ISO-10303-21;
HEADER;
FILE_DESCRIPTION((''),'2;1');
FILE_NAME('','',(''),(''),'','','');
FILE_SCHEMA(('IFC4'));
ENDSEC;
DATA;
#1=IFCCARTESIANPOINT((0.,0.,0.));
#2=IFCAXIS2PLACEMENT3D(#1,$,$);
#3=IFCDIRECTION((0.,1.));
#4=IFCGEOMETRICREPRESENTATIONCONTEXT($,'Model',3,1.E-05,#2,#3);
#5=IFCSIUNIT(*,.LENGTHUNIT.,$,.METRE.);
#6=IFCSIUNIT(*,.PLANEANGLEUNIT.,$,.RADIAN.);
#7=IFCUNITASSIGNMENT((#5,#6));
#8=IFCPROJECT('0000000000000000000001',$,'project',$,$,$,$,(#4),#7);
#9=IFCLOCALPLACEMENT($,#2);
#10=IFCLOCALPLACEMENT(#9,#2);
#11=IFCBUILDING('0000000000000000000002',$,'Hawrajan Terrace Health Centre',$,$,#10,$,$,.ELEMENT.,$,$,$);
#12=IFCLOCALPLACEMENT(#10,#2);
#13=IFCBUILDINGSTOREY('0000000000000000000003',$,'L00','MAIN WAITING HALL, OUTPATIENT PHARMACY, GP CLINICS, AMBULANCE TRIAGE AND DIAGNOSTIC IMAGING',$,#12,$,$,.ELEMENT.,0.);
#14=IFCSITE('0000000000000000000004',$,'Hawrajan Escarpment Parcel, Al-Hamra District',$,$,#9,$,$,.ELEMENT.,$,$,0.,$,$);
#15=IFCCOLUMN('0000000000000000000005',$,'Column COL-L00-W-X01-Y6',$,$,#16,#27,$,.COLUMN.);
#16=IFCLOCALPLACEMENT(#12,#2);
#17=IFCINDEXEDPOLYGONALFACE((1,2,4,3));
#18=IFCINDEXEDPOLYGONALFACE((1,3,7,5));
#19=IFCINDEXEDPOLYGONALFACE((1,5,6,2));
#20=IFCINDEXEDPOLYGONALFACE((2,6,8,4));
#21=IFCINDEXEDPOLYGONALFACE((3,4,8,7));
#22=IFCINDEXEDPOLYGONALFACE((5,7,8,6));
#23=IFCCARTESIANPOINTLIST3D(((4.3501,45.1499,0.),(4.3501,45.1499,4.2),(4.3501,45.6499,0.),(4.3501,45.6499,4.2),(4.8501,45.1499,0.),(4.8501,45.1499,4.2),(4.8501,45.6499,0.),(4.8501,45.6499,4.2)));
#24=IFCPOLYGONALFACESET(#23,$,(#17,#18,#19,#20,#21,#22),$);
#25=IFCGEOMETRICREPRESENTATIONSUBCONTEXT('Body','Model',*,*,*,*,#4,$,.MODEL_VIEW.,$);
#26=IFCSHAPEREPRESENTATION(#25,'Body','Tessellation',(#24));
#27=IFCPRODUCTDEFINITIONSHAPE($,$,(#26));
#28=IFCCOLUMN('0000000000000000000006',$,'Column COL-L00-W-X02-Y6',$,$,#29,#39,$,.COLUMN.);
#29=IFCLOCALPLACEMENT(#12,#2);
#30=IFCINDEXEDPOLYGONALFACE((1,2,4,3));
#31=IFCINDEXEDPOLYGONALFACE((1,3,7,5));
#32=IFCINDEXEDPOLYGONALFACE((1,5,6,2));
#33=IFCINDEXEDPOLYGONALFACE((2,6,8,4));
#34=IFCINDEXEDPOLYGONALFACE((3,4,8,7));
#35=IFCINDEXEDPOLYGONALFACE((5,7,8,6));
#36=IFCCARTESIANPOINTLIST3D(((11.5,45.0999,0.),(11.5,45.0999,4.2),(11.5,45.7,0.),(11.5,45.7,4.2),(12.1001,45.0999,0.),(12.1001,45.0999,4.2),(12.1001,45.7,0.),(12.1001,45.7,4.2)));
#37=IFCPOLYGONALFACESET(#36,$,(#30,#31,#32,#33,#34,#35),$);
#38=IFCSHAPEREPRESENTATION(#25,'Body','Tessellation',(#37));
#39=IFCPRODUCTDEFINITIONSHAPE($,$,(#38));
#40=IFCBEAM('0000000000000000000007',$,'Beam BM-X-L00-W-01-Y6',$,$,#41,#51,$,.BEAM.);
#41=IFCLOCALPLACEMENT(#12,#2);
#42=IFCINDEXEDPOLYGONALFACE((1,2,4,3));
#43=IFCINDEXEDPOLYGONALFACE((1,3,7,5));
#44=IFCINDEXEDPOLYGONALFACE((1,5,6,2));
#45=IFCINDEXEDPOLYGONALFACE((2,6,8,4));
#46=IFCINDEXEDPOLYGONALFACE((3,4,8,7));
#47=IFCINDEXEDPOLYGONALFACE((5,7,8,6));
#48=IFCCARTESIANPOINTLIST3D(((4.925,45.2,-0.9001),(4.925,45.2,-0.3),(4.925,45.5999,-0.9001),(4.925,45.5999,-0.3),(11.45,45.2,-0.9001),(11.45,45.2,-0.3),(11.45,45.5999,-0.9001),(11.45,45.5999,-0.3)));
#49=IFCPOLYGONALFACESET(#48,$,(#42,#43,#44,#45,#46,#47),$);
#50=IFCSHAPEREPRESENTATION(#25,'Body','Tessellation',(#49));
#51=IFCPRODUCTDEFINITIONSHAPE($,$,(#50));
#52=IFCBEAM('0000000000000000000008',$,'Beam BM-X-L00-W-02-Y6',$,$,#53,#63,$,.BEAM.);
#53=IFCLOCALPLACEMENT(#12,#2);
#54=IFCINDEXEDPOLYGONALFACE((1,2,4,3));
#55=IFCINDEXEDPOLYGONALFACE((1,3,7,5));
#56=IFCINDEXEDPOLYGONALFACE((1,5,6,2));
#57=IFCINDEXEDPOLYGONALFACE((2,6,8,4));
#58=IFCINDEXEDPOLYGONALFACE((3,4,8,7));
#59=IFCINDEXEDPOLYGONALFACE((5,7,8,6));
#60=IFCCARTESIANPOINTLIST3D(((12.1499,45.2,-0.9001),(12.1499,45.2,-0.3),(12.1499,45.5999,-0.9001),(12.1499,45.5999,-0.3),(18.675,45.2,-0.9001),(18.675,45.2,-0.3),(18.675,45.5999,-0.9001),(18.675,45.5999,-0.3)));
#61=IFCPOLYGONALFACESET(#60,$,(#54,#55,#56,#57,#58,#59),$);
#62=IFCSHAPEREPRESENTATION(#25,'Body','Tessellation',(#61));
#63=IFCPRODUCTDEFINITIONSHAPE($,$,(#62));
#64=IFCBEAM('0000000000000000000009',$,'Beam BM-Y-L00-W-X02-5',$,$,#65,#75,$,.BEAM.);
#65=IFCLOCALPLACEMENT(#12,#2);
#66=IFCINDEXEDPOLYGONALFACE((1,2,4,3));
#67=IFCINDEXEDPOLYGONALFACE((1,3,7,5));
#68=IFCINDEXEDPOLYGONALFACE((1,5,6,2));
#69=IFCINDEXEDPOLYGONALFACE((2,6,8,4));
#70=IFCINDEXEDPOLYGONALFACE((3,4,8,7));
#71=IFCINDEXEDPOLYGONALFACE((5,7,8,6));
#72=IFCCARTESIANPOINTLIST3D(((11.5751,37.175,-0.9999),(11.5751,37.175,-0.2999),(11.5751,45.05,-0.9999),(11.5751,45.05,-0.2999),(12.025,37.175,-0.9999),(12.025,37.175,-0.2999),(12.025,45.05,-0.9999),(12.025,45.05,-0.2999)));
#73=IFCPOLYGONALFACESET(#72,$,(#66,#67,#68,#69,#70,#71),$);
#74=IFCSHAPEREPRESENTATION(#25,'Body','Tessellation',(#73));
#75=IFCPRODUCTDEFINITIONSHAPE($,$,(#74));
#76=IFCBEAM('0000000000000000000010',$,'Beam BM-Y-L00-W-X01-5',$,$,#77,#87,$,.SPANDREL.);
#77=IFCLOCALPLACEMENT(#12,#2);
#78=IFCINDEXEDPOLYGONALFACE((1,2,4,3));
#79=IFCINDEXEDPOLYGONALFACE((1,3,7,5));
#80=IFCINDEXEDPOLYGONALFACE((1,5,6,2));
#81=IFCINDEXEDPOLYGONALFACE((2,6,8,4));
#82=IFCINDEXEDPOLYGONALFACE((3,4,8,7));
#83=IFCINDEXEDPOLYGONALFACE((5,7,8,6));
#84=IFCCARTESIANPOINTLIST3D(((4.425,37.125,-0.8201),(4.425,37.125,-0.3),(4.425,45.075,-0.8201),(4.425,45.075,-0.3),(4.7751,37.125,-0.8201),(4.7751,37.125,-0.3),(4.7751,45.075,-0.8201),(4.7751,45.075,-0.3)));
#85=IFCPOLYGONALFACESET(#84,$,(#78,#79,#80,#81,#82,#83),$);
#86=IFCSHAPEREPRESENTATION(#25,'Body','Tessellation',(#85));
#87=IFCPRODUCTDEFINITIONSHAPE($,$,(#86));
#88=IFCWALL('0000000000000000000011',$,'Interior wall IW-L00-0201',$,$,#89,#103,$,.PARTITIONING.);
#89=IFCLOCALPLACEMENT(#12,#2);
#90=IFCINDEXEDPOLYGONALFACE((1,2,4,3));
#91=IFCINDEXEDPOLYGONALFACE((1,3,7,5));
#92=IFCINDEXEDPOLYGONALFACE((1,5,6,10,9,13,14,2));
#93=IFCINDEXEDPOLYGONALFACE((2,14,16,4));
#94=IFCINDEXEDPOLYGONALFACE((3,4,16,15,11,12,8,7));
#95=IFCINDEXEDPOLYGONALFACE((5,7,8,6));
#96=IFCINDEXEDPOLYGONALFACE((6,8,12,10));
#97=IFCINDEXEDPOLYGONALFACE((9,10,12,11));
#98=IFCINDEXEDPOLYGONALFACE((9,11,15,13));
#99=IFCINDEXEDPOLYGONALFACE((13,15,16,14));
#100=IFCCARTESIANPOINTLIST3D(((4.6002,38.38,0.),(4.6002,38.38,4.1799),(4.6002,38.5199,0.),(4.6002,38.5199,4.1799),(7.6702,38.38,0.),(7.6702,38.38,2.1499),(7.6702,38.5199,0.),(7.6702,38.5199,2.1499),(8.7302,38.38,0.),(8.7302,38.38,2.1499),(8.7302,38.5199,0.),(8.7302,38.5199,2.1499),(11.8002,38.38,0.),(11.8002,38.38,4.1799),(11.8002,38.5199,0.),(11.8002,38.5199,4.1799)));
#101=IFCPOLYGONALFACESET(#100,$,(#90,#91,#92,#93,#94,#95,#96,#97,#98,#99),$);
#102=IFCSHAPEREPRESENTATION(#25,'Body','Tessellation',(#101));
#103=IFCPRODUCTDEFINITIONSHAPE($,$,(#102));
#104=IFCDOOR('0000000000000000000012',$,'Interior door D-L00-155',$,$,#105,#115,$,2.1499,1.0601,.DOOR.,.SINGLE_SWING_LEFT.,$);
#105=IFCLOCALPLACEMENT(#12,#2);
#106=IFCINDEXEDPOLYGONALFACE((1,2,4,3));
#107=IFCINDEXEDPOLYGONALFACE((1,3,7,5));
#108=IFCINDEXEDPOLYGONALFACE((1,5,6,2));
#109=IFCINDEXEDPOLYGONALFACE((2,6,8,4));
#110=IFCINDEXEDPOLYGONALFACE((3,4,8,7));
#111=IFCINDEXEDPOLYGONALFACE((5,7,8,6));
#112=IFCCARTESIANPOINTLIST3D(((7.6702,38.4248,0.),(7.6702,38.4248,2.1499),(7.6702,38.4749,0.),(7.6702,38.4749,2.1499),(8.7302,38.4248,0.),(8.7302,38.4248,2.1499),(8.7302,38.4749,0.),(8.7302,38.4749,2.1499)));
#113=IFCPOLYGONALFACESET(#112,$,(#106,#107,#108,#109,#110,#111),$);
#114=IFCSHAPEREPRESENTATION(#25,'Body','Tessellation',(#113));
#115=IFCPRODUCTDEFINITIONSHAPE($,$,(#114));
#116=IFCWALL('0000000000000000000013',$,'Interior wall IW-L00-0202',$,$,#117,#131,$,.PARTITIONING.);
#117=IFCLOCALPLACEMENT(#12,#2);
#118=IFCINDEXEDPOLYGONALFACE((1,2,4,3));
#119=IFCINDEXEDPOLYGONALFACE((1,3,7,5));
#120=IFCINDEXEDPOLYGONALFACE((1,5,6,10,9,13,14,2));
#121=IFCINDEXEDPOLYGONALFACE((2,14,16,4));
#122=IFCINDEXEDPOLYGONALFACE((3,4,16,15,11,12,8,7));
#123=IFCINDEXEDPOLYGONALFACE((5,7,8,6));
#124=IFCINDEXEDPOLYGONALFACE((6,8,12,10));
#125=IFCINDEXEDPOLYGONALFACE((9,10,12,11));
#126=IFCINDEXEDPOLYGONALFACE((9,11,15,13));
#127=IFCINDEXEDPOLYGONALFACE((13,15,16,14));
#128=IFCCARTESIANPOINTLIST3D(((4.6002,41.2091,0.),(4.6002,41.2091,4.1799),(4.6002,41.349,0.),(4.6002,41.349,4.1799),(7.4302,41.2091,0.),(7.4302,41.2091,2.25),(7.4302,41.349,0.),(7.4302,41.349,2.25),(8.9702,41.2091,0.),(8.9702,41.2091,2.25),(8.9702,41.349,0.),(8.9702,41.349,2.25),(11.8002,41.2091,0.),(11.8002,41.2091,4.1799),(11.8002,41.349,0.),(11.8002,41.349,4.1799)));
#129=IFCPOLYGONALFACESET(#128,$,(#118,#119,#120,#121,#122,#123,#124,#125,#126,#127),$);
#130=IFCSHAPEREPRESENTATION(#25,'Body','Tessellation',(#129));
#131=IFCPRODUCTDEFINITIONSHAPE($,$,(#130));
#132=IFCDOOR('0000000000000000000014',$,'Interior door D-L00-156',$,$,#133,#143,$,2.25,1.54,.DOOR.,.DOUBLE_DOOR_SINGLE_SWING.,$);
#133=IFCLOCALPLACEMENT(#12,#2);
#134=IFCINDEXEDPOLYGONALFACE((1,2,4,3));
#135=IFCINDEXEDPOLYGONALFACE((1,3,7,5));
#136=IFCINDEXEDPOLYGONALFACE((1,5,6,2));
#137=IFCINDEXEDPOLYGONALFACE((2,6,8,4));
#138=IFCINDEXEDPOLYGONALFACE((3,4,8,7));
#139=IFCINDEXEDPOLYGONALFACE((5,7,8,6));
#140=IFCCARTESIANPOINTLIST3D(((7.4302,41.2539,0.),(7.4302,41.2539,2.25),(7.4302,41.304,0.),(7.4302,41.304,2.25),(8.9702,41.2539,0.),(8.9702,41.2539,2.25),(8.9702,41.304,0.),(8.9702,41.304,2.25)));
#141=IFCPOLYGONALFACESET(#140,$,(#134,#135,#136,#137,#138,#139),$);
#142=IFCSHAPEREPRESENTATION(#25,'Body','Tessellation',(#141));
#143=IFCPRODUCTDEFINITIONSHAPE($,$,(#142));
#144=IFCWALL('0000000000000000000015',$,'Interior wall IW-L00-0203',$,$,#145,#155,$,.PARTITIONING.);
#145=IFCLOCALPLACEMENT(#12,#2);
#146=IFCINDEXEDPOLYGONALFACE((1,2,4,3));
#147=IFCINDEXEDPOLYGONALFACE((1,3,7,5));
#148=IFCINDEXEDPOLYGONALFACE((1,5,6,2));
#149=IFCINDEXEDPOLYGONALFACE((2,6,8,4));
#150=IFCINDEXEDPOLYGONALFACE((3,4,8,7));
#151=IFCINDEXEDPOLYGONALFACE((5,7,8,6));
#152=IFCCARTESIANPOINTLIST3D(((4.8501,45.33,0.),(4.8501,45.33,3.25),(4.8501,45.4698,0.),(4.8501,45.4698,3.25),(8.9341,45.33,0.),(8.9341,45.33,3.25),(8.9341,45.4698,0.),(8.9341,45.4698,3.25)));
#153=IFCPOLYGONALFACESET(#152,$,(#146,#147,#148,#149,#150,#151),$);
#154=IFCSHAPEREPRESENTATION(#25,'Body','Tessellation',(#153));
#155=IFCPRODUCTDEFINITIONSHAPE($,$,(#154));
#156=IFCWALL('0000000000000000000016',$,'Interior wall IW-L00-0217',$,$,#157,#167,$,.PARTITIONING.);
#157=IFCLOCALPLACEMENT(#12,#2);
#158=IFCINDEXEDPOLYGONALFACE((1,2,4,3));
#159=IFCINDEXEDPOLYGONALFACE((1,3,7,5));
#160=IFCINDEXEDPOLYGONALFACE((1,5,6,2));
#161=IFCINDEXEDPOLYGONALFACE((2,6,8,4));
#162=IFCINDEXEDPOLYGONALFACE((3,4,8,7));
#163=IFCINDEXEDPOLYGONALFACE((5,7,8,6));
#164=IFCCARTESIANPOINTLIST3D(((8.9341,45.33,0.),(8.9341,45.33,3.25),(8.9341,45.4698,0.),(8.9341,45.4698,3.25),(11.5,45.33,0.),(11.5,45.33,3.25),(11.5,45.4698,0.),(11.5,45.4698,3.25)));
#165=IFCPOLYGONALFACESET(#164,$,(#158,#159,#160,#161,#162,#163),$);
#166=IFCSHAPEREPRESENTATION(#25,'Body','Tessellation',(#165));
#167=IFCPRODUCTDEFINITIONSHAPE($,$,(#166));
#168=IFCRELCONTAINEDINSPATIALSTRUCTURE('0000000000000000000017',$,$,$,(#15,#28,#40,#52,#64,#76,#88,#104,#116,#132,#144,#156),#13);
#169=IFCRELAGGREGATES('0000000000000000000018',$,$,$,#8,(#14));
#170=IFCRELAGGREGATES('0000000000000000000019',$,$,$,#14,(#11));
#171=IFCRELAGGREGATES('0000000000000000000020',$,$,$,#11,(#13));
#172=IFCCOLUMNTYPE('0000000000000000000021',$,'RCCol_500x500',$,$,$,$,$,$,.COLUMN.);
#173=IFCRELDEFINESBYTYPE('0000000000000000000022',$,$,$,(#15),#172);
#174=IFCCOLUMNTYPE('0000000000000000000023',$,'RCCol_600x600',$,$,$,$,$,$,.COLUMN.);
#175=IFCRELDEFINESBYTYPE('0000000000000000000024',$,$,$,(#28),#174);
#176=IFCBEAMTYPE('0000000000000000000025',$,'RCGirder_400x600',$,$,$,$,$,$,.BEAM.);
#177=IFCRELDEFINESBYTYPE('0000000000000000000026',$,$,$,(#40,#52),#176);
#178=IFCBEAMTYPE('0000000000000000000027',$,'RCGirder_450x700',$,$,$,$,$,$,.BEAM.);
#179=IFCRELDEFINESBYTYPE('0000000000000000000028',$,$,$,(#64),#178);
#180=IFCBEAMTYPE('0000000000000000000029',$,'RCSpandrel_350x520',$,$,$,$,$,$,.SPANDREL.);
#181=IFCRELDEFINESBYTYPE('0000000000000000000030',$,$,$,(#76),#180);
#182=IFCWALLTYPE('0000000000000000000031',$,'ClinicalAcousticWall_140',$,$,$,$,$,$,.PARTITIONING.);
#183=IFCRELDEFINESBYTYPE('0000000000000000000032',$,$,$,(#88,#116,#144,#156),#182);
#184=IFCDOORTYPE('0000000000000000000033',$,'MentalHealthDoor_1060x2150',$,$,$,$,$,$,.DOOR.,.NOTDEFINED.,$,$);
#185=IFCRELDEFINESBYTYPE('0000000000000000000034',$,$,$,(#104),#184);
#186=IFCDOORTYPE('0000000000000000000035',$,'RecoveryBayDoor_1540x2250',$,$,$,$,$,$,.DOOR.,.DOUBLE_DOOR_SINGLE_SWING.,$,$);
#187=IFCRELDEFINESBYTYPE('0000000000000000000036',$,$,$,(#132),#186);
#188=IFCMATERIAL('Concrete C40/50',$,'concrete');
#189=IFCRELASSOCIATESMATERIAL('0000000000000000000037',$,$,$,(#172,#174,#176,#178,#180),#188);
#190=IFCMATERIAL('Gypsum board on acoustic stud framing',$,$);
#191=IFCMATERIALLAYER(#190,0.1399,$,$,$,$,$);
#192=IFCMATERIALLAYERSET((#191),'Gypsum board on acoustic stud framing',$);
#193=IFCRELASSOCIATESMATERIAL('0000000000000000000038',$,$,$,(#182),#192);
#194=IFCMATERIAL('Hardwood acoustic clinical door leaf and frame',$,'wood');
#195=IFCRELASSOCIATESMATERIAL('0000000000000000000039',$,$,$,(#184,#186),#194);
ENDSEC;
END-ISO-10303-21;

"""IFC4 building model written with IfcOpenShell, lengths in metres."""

from ifc_helpers import new_model, si_unit, direction, frame, frame_2d, origin, origin_2d, place, context, subcontext, project, spatial, rectangle, extrude, material, layer, layer_set, material_profile, profile_set, type_object, element, fill, save


model = new_model("IFC4")

# Units and contexts
model_context = context("Model", 3, precision=1e-05, world=origin(), true_north=direction((0.0, 1.0)))
body_context = subcontext(model_context, "Body", "Model", "MODEL_VIEW")
ifc_project = project(units=[si_unit("LENGTHUNIT", "METRE"), si_unit("PLANEANGLEUNIT", "RADIAN")], contexts=[model_context])

# Site, building, storey
site_placement = place(None, origin())
site = spatial("IfcSite", under=ifc_project, at=site_placement, Name="Hawrajan Escarpment Parcel, Al-Hamra District", CompositionType="ELEMENT", RefElevation=0.0)
building_placement = place(site_placement, origin())
building = spatial("IfcBuilding", under=site, at=building_placement, Name="Hawrajan Terrace Health Centre", CompositionType="ELEMENT")
storey_placement = place(building_placement, origin())
storey = spatial("IfcBuildingStorey", under=building, at=storey_placement, Name="L00", Description="MAIN WAITING HALL, OUTPATIENT PHARMACY, GP CLINICS, AMBULANCE TRIAGE AND DIAGNOSTIC IMAGING", CompositionType="ELEMENT", Elevation=0.0)

# Columns
ifc_material_1 = material(Name="Concrete C40/50", Category="concrete")
ifc_material_profile_1 = material_profile(ifc_material_1, rectangle(XDim=0.5, YDim=0.5, at=origin_2d()), Name="RC 500x500")
ifc_profile_set_1 = profile_set([ifc_material_profile_1], Name="Concrete C40/50")
column_type_1 = type_object("IfcColumnType", Name="RCCol_500x500", PredefinedType="COLUMN", material=ifc_profile_set_1)
column_1_placement = place(storey_placement, frame((4.6001, 45.3999, 0.0), z_axis=(0.0, 0.0, 1.0), x_axis=(1.0, 0.0, 0.0)))
element("IfcColumn", 1, at=column_1_placement, inside=storey, type_object=column_type_1, Name="Column COL-L00-W-X01-Y6", PredefinedType="COLUMN", context=body_context, shape_type="SweptSolid", body=[
    extrude(rectangle(XDim=0.5, YDim=0.5, at=origin_2d()), origin(), (0.0, 0.0, 1.0), 4.2),
])
ifc_material_profile_2 = material_profile(ifc_material_1, rectangle(XDim=0.6001, YDim=0.6001, at=origin_2d()), Name="RC 600x600")
ifc_profile_set_2 = profile_set([ifc_material_profile_2], Name="Concrete C40/50")
column_type_2 = type_object("IfcColumnType", Name="RCCol_600x600", PredefinedType="COLUMN", material=ifc_profile_set_2)
column_2_placement = place(storey_placement, frame((11.8, 45.3999, 0.0), z_axis=(0.0, 0.0, 1.0), x_axis=(1.0, 0.0, 0.0)))
element("IfcColumn", 2, at=column_2_placement, inside=storey, type_object=column_type_2, Name="Column COL-L00-W-X02-Y6", PredefinedType="COLUMN", context=body_context, shape_type="SweptSolid", body=[
    extrude(rectangle(XDim=0.6001, YDim=0.6001, at=origin_2d()), origin(), (0.0, 0.0, 1.0), 4.2),
])

# Beams
ifc_material_profile_3 = material_profile(ifc_material_1, rectangle(XDim=0.3999, YDim=0.6001, at=origin_2d()), Name="RC BM 400x600")
ifc_profile_set_3 = profile_set([ifc_material_profile_3], Name="Concrete C40/50")
beam_type_1 = type_object("IfcBeamType", Name="RCGirder_400x600", PredefinedType="BEAM", material=ifc_profile_set_3)
beam_1_placement = place(storey_placement, frame((4.925, 45.3999, -0.6001), z_axis=(1.0, 0.0, 0.0), x_axis=(0.0, 1.0, 0.0)))
element("IfcBeam", 3, at=beam_1_placement, inside=storey, type_object=beam_type_1, Name="Beam BM-X-L00-W-01-Y6", PredefinedType="BEAM", context=body_context, shape_type="SweptSolid", body=[
    extrude(rectangle(XDim=0.3999, YDim=0.6001, at=origin_2d()), origin(), (0.0, 0.0, 1.0), 6.5249),
])
beam_2_placement = place(storey_placement, frame((12.1499, 45.3999, -0.6001), z_axis=(1.0, 0.0, 0.0), x_axis=(0.0, 1.0, 0.0)))
element("IfcBeam", 4, at=beam_2_placement, inside=storey, type_object=beam_type_1, Name="Beam BM-X-L00-W-02-Y6", PredefinedType="BEAM", context=body_context, shape_type="SweptSolid", body=[
    extrude(rectangle(XDim=0.3999, YDim=0.6001, at=origin_2d()), origin(), (0.0, 0.0, 1.0), 6.5251),
])
ifc_material_profile_4 = material_profile(ifc_material_1, rectangle(XDim=0.45, YDim=0.7, at=origin_2d()), Name="RC BM 450x700")
ifc_profile_set_4 = profile_set([ifc_material_profile_4], Name="Concrete C40/50")
beam_type_2 = type_object("IfcBeamType", Name="RCGirder_450x700", PredefinedType="BEAM", material=ifc_profile_set_4)
beam_3_placement = place(storey_placement, frame((11.8, 37.175, -0.6499), z_axis=(0.0, 1.0, 0.0), x_axis=(-1.0, 0.0, 0.0)))
element("IfcBeam", 5, at=beam_3_placement, inside=storey, type_object=beam_type_2, Name="Beam BM-Y-L00-W-X02-5", PredefinedType="BEAM", context=body_context, shape_type="SweptSolid", body=[
    extrude(rectangle(XDim=0.45, YDim=0.7, at=origin_2d()), origin(), (0.0, 0.0, 1.0), 7.875),
])
ifc_material_profile_5 = material_profile(ifc_material_1, rectangle(XDim=0.3501, YDim=0.52, at=origin_2d()), Name="RC SP 350x520")
ifc_profile_set_5 = profile_set([ifc_material_profile_5], Name="Concrete C40/50")
beam_type_3 = type_object("IfcBeamType", Name="RCSpandrel_350x520", PredefinedType="SPANDREL", material=ifc_profile_set_5)
beam_4_placement = place(storey_placement, frame((4.6001, 37.125, -0.5601), z_axis=(0.0, 1.0, 0.0), x_axis=(-1.0, 0.0, 0.0)))
element("IfcBeam", 6, at=beam_4_placement, inside=storey, type_object=beam_type_3, Name="Beam BM-Y-L00-W-X01-5", PredefinedType="SPANDREL", context=body_context, shape_type="SweptSolid", body=[
    extrude(rectangle(XDim=0.3501, YDim=0.52, at=origin_2d()), origin(), (0.0, 0.0, 1.0), 7.95),
])

# Walls, openings, doors
ifc_material_2 = material(Name="Gypsum board on acoustic stud framing")
ifc_layer_1 = layer(ifc_material_2, 0.1399)
ifc_layer_set_1 = layer_set([ifc_layer_1], Name="Gypsum board on acoustic stud framing")
wall_type_1 = type_object("IfcWallType", Name="ClinicalAcousticWall_140", PredefinedType="PARTITIONING", material=ifc_layer_set_1)
wall_1_placement = place(storey_placement, frame((4.6001, 38.45, 0.0), z_axis=(0.0, 0.0, 1.0), x_axis=(1.0, 0.0, 0.0)))
wall_1 = element("IfcWall", 7, at=wall_1_placement, inside=storey, type_object=wall_type_1, Name="Interior wall IW-L00-0201", PredefinedType="PARTITIONING", context=body_context, shape_type="SweptSolid", body=[
    extrude(rectangle(XDim=7.2, YDim=0.1399, at=frame_2d((3.6001, 0.0))), origin(), (0.0, 0.0, 1.0), 4.1799),
])
opening_1_placement = place(wall_1_placement, frame((3.0701, 0.0, 0.0)))
opening_1 = element("IfcOpeningElement", 8, at=opening_1_placement, cuts=wall_1, PredefinedType="OPENING", context=body_context, shape_type="SweptSolid", body=[
    extrude(rectangle(XDim=1.0601, YDim=2.1499, at=frame_2d((0.53, 1.075))), frame((0.0, 0.0798, 0.0), z_axis=(0.0, -1.0, 0.0), x_axis=(1.0, 0.0, 0.0)), (0.0, 0.0, 1.0), 0.1599),
])
ifc_material_3 = material(Name="Hardwood acoustic clinical door leaf and frame", Category="wood")
door_type_1 = type_object("IfcDoorType", Name="MentalHealthDoor_1060x2150", OperationType="NOTDEFINED", PredefinedType="DOOR", material=ifc_material_3)
door_1_placement = place(opening_1_placement, origin())
door_1 = element("IfcDoor", 9, at=door_1_placement, inside=storey, type_object=door_type_1, Name="Interior door D-L00-155", OperationType="SINGLE_SWING_LEFT", OverallHeight=2.1499, OverallWidth=1.0601, PredefinedType="DOOR", context=body_context, shape_type="SweptSolid", body=[
    extrude(rectangle(XDim=1.0601, YDim=2.1499, at=frame_2d((0.53, 1.075))), frame((0.0, 0.0249, 0.0), z_axis=(0.0, -1.0, 0.0), x_axis=(1.0, 0.0, 0.0)), (0.0, 0.0, 1.0), 0.05),
])
fill(opening_1, door_1)
wall_2_placement = place(storey_placement, frame((4.6001, 41.2791, 0.0), z_axis=(0.0, 0.0, 1.0), x_axis=(1.0, 0.0, 0.0)))
wall_2 = element("IfcWall", 10, at=wall_2_placement, inside=storey, type_object=wall_type_1, Name="Interior wall IW-L00-0202", PredefinedType="PARTITIONING", context=body_context, shape_type="SweptSolid", body=[
    extrude(rectangle(XDim=7.2, YDim=0.1399, at=frame_2d((3.6001, 0.0))), origin(), (0.0, 0.0, 1.0), 4.1799),
])
opening_2_placement = place(wall_2_placement, frame((2.8301, 0.0, 0.0)))
opening_2 = element("IfcOpeningElement", 11, at=opening_2_placement, cuts=wall_2, PredefinedType="OPENING", context=body_context, shape_type="SweptSolid", body=[
    extrude(rectangle(XDim=1.54, YDim=2.25, at=frame_2d((0.77, 1.125))), frame((0.0, 0.0798, 0.0), z_axis=(0.0, -1.0, 0.0), x_axis=(1.0, 0.0, 0.0)), (0.0, 0.0, 1.0), 0.1599),
])
door_type_2 = type_object("IfcDoorType", Name="RecoveryBayDoor_1540x2250", OperationType="DOUBLE_DOOR_SINGLE_SWING", PredefinedType="DOOR", material=ifc_material_3)
door_2_placement = place(opening_2_placement, origin())
door_2 = element("IfcDoor", 12, at=door_2_placement, inside=storey, type_object=door_type_2, Name="Interior door D-L00-156", OperationType="DOUBLE_DOOR_SINGLE_SWING", OverallHeight=2.25, OverallWidth=1.54, PredefinedType="DOOR", context=body_context, shape_type="SweptSolid", body=[
    extrude(rectangle(XDim=1.54, YDim=2.25, at=frame_2d((0.77, 1.125))), frame((0.0, 0.0249, 0.0), z_axis=(0.0, -1.0, 0.0), x_axis=(1.0, 0.0, 0.0)), (0.0, 0.0, 1.0), 0.05),
])
fill(opening_2, door_2)

# Walls
wall_3_placement = place(storey_placement, frame((4.8501, 45.3999, 0.0), z_axis=(0.0, 0.0, 1.0), x_axis=(1.0, 0.0, 0.0)))
element("IfcWall", 13, at=wall_3_placement, inside=storey, type_object=wall_type_1, Name="Interior wall IW-L00-0203", PredefinedType="PARTITIONING", context=body_context, shape_type="SweptSolid", body=[
    extrude(rectangle(XDim=4.084, YDim=0.1399, at=frame_2d((2.042, 0.0))), origin(), (0.0, 0.0, 1.0), 3.25),
])
wall_4_placement = place(storey_placement, frame((8.9341, 45.3999, 0.0), z_axis=(0.0, 0.0, 1.0), x_axis=(1.0, 0.0, 0.0)))
element("IfcWall", 14, at=wall_4_placement, inside=storey, type_object=wall_type_1, Name="Interior wall IW-L00-0217", PredefinedType="PARTITIONING", context=body_context, shape_type="SweptSolid", body=[
    extrude(rectangle(XDim=2.5659, YDim=0.1399, at=frame_2d((1.283, 0.0))), origin(), (0.0, 0.0, 1.0), 3.25),
])

save(model, "model.ifc")
